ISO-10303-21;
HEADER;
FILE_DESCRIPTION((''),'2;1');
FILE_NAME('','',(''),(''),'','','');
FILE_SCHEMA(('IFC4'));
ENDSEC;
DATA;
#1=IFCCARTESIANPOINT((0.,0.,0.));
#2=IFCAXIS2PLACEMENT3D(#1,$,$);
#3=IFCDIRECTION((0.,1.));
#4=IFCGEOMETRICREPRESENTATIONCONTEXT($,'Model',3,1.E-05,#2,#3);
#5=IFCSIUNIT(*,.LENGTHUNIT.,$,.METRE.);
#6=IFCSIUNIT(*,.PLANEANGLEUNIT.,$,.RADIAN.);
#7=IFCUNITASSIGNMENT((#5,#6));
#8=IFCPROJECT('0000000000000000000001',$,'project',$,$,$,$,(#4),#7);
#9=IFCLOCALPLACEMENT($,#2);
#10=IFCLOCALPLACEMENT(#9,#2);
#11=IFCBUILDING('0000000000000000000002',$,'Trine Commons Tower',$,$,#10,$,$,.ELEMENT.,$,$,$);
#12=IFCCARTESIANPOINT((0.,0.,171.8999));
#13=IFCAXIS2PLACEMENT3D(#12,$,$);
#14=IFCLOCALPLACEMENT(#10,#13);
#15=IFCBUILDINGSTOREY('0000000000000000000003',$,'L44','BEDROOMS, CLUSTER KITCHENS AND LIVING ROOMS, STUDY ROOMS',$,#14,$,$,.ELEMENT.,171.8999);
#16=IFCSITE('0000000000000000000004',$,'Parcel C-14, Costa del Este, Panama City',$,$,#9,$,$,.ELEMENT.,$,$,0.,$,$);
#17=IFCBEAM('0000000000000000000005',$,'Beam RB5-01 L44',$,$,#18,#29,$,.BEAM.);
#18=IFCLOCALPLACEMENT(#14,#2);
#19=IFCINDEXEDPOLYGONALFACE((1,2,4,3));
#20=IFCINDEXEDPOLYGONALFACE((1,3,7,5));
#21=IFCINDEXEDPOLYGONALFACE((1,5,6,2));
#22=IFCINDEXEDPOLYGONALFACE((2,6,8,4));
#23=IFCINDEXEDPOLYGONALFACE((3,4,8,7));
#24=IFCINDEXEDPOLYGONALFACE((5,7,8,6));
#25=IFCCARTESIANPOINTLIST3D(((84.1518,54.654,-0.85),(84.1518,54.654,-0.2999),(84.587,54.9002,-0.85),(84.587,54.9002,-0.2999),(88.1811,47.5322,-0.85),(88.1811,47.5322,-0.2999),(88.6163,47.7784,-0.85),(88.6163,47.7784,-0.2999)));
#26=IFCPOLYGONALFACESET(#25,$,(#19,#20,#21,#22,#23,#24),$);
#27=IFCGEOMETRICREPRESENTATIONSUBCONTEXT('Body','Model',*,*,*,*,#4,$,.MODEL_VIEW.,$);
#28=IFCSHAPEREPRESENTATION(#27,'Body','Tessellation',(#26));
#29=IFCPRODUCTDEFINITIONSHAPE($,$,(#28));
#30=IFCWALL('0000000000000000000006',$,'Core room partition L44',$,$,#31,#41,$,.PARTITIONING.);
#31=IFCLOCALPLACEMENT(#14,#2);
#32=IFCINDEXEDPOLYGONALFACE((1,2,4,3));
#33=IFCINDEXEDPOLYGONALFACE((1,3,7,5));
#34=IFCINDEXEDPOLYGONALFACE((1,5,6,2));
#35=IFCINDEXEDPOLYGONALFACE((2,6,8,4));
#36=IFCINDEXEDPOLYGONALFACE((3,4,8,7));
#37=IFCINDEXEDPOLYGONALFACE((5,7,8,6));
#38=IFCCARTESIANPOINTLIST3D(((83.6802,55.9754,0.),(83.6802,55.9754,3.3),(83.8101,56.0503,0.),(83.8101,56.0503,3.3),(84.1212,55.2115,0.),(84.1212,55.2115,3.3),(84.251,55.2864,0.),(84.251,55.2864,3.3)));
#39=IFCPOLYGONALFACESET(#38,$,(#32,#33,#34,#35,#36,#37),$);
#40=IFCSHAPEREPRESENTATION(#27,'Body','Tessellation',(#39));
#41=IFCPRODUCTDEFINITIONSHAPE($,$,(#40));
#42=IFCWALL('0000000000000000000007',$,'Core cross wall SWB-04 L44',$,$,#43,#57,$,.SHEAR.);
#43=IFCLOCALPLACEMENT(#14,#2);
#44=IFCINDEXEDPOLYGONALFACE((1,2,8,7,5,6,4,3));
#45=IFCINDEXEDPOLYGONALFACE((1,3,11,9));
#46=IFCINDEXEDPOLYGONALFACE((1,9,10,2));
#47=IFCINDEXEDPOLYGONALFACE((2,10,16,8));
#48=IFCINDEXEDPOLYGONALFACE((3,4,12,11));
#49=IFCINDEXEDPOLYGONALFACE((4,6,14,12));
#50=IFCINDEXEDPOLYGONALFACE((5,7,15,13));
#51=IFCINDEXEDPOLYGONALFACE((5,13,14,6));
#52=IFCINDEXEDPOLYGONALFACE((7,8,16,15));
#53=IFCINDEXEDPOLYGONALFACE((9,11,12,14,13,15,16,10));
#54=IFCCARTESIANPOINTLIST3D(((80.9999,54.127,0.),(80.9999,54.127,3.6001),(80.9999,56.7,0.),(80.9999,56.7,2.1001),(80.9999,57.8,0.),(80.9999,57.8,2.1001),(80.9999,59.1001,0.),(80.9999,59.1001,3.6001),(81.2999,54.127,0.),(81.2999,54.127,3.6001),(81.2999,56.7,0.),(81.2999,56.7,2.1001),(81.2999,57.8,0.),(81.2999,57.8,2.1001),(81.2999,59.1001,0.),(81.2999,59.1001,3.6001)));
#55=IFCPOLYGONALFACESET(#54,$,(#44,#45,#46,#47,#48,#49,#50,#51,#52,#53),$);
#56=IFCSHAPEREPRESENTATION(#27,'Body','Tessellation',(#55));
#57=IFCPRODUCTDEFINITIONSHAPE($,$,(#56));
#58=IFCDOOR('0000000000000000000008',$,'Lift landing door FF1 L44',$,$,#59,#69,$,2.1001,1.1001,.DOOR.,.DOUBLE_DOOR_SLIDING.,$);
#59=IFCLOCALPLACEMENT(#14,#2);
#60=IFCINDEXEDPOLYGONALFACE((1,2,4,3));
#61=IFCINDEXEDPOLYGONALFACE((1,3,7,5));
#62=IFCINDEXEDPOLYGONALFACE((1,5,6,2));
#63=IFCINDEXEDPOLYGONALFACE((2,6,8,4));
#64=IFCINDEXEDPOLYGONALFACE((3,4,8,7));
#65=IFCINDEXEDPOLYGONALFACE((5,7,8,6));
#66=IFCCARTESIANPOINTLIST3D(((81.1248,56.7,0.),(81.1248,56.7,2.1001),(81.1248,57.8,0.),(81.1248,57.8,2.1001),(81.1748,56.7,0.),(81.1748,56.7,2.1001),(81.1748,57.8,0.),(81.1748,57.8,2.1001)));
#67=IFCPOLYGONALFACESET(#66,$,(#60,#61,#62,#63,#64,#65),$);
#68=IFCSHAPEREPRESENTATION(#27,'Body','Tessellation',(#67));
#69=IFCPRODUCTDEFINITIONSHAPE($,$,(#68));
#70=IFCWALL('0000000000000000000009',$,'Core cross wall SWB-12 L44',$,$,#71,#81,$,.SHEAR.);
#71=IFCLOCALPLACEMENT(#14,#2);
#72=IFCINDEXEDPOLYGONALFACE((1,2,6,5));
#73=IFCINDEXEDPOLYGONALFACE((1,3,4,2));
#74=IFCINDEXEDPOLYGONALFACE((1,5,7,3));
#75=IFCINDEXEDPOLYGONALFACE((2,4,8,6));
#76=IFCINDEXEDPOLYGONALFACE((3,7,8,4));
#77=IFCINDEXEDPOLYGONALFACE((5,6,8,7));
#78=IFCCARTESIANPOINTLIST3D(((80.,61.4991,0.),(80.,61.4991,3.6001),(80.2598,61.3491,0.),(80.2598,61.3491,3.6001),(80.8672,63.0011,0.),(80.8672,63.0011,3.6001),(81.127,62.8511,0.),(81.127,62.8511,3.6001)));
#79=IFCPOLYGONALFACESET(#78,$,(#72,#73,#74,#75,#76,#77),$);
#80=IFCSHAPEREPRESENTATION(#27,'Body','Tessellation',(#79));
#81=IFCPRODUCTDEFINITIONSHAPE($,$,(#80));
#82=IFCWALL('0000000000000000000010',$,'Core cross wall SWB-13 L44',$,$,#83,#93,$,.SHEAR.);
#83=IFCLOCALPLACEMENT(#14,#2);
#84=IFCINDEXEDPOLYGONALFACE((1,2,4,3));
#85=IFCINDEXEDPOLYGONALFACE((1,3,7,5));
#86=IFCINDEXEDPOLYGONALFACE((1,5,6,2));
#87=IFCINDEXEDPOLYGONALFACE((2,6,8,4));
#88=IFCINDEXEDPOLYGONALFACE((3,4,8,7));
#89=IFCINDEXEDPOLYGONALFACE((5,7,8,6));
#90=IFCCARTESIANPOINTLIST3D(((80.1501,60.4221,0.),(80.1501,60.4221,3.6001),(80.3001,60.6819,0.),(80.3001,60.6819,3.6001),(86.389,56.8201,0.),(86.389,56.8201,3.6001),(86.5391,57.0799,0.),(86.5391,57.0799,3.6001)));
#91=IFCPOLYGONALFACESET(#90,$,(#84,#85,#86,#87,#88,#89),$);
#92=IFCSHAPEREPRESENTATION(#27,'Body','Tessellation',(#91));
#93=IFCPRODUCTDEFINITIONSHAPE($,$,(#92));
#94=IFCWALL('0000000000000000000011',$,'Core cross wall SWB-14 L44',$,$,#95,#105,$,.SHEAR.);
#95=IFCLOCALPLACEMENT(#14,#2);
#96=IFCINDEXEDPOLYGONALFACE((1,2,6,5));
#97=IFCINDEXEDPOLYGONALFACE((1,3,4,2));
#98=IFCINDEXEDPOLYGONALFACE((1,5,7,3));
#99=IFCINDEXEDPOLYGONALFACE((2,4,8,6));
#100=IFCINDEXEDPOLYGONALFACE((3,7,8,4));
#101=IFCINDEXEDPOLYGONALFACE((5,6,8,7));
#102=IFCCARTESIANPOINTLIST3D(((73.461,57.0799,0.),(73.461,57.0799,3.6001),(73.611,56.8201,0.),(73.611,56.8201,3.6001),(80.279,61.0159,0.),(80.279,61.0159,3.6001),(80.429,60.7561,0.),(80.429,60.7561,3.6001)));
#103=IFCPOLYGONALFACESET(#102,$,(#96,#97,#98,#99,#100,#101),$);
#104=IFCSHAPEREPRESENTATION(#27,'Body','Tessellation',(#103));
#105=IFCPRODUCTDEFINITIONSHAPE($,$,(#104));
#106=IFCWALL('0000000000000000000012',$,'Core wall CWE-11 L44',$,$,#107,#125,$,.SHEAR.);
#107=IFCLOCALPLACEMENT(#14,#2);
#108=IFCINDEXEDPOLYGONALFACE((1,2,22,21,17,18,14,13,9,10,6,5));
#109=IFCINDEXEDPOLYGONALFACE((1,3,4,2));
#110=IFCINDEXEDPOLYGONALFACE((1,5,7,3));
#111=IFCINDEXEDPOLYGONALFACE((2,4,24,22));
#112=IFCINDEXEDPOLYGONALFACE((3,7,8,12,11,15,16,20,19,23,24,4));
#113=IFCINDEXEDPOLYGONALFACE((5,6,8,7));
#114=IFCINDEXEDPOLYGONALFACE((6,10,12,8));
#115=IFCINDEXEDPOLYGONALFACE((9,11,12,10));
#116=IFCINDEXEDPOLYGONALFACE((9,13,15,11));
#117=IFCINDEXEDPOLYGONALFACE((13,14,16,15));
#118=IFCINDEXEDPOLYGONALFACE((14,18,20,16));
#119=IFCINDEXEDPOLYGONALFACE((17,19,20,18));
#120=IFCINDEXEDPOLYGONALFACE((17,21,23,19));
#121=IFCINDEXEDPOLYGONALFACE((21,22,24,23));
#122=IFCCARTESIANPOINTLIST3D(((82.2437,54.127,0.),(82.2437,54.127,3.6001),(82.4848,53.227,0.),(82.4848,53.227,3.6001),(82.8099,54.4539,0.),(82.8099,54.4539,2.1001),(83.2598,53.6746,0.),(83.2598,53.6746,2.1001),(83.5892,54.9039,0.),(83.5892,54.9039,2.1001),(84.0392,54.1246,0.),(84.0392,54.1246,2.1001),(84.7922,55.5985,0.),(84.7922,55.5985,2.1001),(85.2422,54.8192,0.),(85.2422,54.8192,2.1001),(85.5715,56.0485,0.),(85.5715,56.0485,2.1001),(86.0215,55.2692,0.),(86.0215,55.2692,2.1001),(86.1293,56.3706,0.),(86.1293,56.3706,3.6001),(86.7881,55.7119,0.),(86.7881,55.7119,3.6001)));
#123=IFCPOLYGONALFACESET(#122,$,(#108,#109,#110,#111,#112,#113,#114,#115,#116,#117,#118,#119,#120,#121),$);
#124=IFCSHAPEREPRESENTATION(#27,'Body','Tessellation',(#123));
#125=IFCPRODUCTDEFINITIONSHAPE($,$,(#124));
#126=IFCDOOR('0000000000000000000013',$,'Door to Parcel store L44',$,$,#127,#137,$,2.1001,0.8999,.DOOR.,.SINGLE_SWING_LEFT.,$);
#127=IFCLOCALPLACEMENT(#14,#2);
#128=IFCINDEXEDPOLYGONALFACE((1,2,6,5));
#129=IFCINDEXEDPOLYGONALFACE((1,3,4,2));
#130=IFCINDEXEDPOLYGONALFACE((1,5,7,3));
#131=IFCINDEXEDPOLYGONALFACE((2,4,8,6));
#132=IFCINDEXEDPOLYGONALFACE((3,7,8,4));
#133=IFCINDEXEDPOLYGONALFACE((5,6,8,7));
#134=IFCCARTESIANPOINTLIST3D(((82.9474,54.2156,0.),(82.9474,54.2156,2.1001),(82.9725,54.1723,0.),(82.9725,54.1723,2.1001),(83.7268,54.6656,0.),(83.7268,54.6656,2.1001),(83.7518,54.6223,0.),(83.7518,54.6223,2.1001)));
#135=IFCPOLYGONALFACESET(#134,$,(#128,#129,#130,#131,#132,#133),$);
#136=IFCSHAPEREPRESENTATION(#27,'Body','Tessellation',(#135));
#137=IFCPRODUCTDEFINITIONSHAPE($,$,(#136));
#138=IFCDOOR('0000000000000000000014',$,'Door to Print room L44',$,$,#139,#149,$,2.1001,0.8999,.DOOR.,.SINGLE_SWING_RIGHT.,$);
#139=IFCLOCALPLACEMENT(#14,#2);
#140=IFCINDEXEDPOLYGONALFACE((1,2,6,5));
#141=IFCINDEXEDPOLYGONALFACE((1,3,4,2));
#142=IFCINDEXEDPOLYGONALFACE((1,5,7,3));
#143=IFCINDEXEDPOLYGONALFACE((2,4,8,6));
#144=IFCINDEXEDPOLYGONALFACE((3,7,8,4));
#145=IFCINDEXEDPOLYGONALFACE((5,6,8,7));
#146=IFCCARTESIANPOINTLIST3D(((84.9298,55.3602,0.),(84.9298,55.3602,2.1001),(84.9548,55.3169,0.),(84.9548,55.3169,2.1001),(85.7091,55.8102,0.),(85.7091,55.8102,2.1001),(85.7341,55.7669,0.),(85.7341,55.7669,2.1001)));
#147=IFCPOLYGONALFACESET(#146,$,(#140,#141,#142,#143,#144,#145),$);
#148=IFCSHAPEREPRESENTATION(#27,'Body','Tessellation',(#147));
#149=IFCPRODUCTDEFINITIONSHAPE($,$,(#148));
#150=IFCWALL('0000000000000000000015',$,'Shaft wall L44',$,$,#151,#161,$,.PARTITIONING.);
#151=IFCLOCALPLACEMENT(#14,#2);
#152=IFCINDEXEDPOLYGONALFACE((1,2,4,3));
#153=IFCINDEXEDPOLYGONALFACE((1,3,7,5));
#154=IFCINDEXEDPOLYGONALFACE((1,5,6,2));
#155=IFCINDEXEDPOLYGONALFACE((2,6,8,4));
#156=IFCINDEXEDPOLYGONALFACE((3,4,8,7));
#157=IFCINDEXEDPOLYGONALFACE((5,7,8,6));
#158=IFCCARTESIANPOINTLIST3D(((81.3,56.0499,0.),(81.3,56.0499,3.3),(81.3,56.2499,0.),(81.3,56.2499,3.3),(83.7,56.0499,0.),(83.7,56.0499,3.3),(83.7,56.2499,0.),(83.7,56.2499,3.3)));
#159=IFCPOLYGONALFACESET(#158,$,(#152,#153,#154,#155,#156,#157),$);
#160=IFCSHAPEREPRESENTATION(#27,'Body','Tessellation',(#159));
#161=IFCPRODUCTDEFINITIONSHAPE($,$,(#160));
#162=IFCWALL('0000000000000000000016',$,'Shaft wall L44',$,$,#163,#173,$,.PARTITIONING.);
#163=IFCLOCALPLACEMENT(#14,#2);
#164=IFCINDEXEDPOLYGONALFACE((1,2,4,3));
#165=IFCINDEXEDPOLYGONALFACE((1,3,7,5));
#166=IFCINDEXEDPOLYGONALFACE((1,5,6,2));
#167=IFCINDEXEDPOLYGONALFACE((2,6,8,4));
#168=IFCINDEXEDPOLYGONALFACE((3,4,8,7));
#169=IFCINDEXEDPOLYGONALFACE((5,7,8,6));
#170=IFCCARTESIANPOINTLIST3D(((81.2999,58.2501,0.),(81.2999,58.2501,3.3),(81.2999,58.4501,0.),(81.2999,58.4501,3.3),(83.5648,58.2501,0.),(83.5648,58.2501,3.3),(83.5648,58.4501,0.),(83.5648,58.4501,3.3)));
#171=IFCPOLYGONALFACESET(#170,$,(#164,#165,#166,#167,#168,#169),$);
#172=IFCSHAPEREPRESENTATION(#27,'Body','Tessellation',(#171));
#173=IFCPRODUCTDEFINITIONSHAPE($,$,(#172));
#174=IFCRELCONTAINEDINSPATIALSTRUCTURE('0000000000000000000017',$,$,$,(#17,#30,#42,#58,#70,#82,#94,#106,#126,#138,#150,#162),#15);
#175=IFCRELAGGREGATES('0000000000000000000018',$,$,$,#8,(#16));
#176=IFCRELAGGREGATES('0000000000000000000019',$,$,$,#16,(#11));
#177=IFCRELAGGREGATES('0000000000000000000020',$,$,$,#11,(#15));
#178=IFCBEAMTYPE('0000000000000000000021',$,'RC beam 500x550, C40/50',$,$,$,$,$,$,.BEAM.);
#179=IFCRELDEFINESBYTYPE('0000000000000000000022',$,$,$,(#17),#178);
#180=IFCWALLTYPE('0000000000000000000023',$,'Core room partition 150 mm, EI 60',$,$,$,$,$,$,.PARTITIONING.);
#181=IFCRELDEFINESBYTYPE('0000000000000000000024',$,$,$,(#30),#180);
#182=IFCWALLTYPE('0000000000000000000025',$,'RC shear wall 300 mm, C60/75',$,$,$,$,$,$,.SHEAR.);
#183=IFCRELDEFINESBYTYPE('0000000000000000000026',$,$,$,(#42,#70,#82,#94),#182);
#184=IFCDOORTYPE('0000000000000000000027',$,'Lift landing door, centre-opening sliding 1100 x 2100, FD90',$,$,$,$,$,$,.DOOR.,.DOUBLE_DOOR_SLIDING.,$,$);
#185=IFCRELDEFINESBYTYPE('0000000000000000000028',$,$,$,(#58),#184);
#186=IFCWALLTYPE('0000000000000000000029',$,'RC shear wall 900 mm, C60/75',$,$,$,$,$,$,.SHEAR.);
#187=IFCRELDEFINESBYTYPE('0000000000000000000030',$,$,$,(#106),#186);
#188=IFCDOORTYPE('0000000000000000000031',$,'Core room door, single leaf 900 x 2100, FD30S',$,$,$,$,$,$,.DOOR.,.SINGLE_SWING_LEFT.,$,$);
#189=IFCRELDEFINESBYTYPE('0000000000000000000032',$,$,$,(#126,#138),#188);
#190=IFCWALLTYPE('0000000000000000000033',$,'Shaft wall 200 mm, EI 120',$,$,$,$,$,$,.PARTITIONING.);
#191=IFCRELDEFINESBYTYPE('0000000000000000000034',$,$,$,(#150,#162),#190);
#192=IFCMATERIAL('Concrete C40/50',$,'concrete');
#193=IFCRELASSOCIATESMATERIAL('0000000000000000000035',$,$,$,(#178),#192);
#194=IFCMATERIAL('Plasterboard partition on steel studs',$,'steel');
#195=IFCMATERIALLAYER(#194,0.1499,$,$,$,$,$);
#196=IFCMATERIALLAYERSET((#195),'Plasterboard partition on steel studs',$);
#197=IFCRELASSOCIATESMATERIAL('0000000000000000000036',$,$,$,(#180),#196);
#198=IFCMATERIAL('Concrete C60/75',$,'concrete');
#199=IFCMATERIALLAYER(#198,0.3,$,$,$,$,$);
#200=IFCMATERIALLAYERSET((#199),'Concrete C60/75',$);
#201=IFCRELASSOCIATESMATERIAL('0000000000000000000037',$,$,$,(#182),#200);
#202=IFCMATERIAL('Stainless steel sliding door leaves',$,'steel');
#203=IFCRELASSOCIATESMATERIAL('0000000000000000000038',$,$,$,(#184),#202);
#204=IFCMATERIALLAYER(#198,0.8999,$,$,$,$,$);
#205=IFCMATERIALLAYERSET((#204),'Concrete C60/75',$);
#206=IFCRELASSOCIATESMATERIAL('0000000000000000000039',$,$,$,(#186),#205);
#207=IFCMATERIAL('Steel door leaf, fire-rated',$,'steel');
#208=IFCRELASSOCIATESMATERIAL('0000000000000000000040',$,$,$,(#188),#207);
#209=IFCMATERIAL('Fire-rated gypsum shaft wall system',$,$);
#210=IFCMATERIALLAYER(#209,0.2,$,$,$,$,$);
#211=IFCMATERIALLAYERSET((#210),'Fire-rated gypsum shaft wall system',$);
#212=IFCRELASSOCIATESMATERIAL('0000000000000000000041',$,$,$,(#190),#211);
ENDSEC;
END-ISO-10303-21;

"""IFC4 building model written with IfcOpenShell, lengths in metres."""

from ifc_helpers import new_model, si_unit, direction, frame, frame_2d, origin, origin_2d, place, context, subcontext, project, spatial, polyline, rectangle, outline, extrude, material, layer, layer_set, material_profile, profile_set, type_object, element, fill, save


model = new_model("IFC4")

# Units and contexts
model_context = context("Model", 3, precision=1e-05, world=origin(), true_north=direction((0.0, 1.0)))
body_context = subcontext(model_context, "Body", "Model", "MODEL_VIEW")
ifc_project = project(units=[si_unit("LENGTHUNIT", "METRE"), si_unit("PLANEANGLEUNIT", "RADIAN")], contexts=[model_context])

# Site, building, storey
site_placement = place(None, origin())
site = spatial("IfcSite", under=ifc_project, at=site_placement, Name="Parcel C-14, Costa del Este, Panama City", CompositionType="ELEMENT", RefElevation=0.0)
building_placement = place(site_placement, origin())
building = spatial("IfcBuilding", under=site, at=building_placement, Name="Trine Commons Tower", CompositionType="ELEMENT")
storey_placement = place(building_placement, frame((0.0, 0.0, 171.8999)))
storey = spatial("IfcBuildingStorey", under=building, at=storey_placement, Name="L44", Description="BEDROOMS, CLUSTER KITCHENS AND LIVING ROOMS, STUDY ROOMS", CompositionType="ELEMENT", Elevation=171.8999)

# Beam
ifc_material_1 = material(Name="Concrete C40/50", Category="concrete")
ifc_material_profile = material_profile(ifc_material_1, rectangle(XDim=0.5, YDim=0.55, at=origin_2d()), Name="RC 500x550")
ifc_profile_set = profile_set([ifc_material_profile], Name="Concrete C40/50")
beam_type = type_object("IfcBeamType", Name="RC beam 500x550, C40/50", PredefinedType="BEAM", material=ifc_profile_set)
beam_placement = place(storey_placement, frame((84.3694, 54.7771, -0.575), z_axis=(0.49242, -0.870358, 0.0), x_axis=(0.870358, 0.49242, 0.0)))
element("IfcBeam", 1, at=beam_placement, inside=storey, type_object=beam_type, Name="Beam RB5-01 L44", PredefinedType="BEAM", context=body_context, shape_type="SweptSolid", body=[
    extrude(rectangle(XDim=0.5, YDim=0.55, at=origin_2d()), origin(), (0.0, 0.0, 1.0), 8.1826),
])

# Wall
ifc_material_2 = material(Name="Plasterboard partition on steel studs", Category="steel")
ifc_layer_1 = layer(ifc_material_2, 0.1499)
ifc_layer_set_1 = layer_set([ifc_layer_1], Name="Plasterboard partition on steel studs")
wall_type_1 = type_object("IfcWallType", Name="Core room partition 150 mm, EI 60", PredefinedType="PARTITIONING", material=ifc_layer_set_1)
wall_1_placement = place(storey_placement, frame((84.186, 55.249, 0.0), z_axis=(0.0, 0.0, 1.0), x_axis=(-0.49989, 0.866089, 0.0)))
element("IfcWall", 2, at=wall_1_placement, inside=storey, type_object=wall_type_1, Name="Core room partition L44", PredefinedType="PARTITIONING", context=body_context, shape_type="SweptSolid", body=[
    extrude(rectangle(XDim=0.8821, YDim=0.1499, at=frame_2d((0.4409, 0.0))), origin(), (0.0, 0.0, 1.0), 3.3),
])

# Wall, opening, door
ifc_material_3 = material(Name="Concrete C60/75", Category="concrete")
ifc_layer_2 = layer(ifc_material_3, 0.3)
ifc_layer_set_2 = layer_set([ifc_layer_2], Name="Concrete C60/75")
wall_type_2 = type_object("IfcWallType", Name="RC shear wall 300 mm, C60/75", PredefinedType="SHEAR", material=ifc_layer_set_2)
wall_2_placement = place(storey_placement, frame((81.1499, 59.1001, 0.0), z_axis=(0.0, 0.0, 1.0), x_axis=(0.0, -1.0, 0.0)))
wall_2 = element("IfcWall", 3, at=wall_2_placement, inside=storey, type_object=wall_type_2, Name="Core cross wall SWB-04 L44", PredefinedType="SHEAR", context=body_context, shape_type="SweptSolid", body=[
    extrude(rectangle(XDim=4.9731, YDim=0.3, at=frame_2d((2.4866, 0.0))), origin(), (0.0, 0.0, 1.0), 3.6001),
])
opening_1_placement = place(wall_2_placement, frame((1.3, 0.0, 0.0)))
opening_1 = element("IfcOpeningElement", 4, at=opening_1_placement, cuts=wall_2, PredefinedType="OPENING", context=body_context, shape_type="SweptSolid", body=[
    extrude(rectangle(XDim=1.1001, YDim=2.1001, at=frame_2d((0.55, 1.05))), frame((0.0, 0.1599, 0.0), z_axis=(0.0, -1.0, 0.0), x_axis=(1.0, 0.0, 0.0)), (0.0, 0.0, 1.0), 0.3201),
])
ifc_material_4 = material(Name="Stainless steel sliding door leaves", Category="steel")
door_type_1 = type_object("IfcDoorType", Name="Lift landing door, centre-opening sliding 1100 x 2100, FD90", OperationType="DOUBLE_DOOR_SLIDING", PredefinedType="DOOR", material=ifc_material_4)
door_1_placement = place(opening_1_placement, origin())
door_1 = element("IfcDoor", 5, at=door_1_placement, inside=storey, type_object=door_type_1, Name="Lift landing door FF1 L44", OperationType="DOUBLE_DOOR_SLIDING", OverallHeight=2.1001, OverallWidth=1.1001, PredefinedType="DOOR", context=body_context, shape_type="SweptSolid", body=[
    extrude(rectangle(XDim=1.1001, YDim=2.1001, at=frame_2d((0.55, 1.05))), frame((0.0, 0.0249, 0.0), z_axis=(0.0, -1.0, 0.0), x_axis=(1.0, 0.0, 0.0)), (0.0, 0.0, 1.0), 0.05),
])
fill(opening_1, door_1)

# Walls
wall_3_placement = place(storey_placement, frame((80.1299, 61.4241, 0.0), z_axis=(0.0, 0.0, 1.0), x_axis=(0.500015, 0.866017, 0.0)))
element("IfcWall", 6, at=wall_3_placement, inside=storey, type_object=wall_type_2, Name="Core cross wall SWB-12 L44", PredefinedType="SHEAR", context=body_context, shape_type="SweptSolid", body=[
    extrude(rectangle(XDim=1.7344, YDim=0.3, at=frame_2d((0.8672, 0.0))), origin(), (0.0, 0.0, 1.0), 3.6001),
])
wall_4_placement = place(storey_placement, frame((80.2251, 60.552, 0.0), z_axis=(0.0, 0.0, 1.0), x_axis=(0.866028, -0.499995, 0.0)))
element("IfcWall", 7, at=wall_4_placement, inside=storey, type_object=wall_type_2, Name="Core cross wall SWB-13 L44", PredefinedType="SHEAR", context=body_context, shape_type="SweptSolid", body=[
    extrude(rectangle(XDim=7.2041, YDim=0.3, at=frame_2d((3.6021, 0.0))), origin(), (0.0, 0.0, 1.0), 3.6001),
])
wall_5_placement = place(storey_placement, frame((80.354, 60.886, 0.0), z_axis=(0.0, 0.0, 1.0), x_axis=(-0.866048, -0.499961, 0.0)))
element("IfcWall", 8, at=wall_5_placement, inside=storey, type_object=wall_type_2, Name="Core cross wall SWB-14 L44", PredefinedType="SHEAR", context=body_context, shape_type="SweptSolid", body=[
    extrude(rectangle(XDim=7.8726, YDim=0.3, at=frame_2d((3.9363, 0.0))), origin(), (0.0, 0.0, 1.0), 3.6001),
])

# Wall, openings, doors
ifc_layer_3 = layer(ifc_material_3, 0.8999)
ifc_layer_set_3 = layer_set([ifc_layer_3], Name="Concrete C60/75")
wall_type_3 = type_object("IfcWallType", Name="RC shear wall 900 mm, C60/75", PredefinedType="SHEAR", material=ifc_layer_set_3)
wall_6_placement = place(storey_placement, frame((82.2598, 53.6167, 0.0), z_axis=(0.0, 0.0, 1.0), x_axis=(0.866003, 0.500039, 0.0)))
wall_6 = element("IfcWall", 9, at=wall_6_placement, inside=storey, type_object=wall_type_3, Name="Core wall CWE-11 L44", PredefinedType="SHEAR", context=body_context, shape_type="SweptSolid", body=[
    extrude(outline(polyline([(0.0, -0.45), (4.9692, -0.45), (4.728, 0.45), (0.2412, 0.45), (0.0, -0.45)])), origin(), (0.0, 0.0, 1.0), 3.6001),
])
opening_2_placement = place(wall_6_placement, frame((0.895, 0.0, 0.0)))
opening_2 = element("IfcOpeningElement", 10, at=opening_2_placement, cuts=wall_6, PredefinedType="OPENING", context=body_context, shape_type="SweptSolid", body=[
    extrude(rectangle(XDim=0.8999, YDim=2.1001, at=frame_2d((0.45, 1.05))), frame((0.0, 0.46, 0.0), z_axis=(0.0, -1.0, 0.0), x_axis=(1.0, 0.0, 0.0)), (0.0, 0.0, 1.0), 0.9199),
])
opening_3_placement = place(wall_6_placement, frame((3.1841, 0.0, 0.0)))
opening_3 = element("IfcOpeningElement", 11, at=opening_3_placement, cuts=wall_6, PredefinedType="OPENING", context=body_context, shape_type="SweptSolid", body=[
    extrude(rectangle(XDim=0.8999, YDim=2.1001, at=frame_2d((0.45, 1.05))), frame((0.0, 0.46, 0.0), z_axis=(0.0, -1.0, 0.0), x_axis=(1.0, 0.0, 0.0)), (0.0, 0.0, 1.0), 0.9199),
])
ifc_material_5 = material(Name="Steel door leaf, fire-rated", Category="steel")
door_type_2 = type_object("IfcDoorType", Name="Core room door, single leaf 900 x 2100, FD30S", OperationType="SINGLE_SWING_LEFT", PredefinedType="DOOR", material=ifc_material_5)
door_2_placement = place(opening_2_placement, origin())
door_2 = element("IfcDoor", 12, at=door_2_placement, inside=storey, type_object=door_type_2, Name="Door to Parcel store L44", OperationType="SINGLE_SWING_LEFT", OverallHeight=2.1001, OverallWidth=0.8999, PredefinedType="DOOR", context=body_context, shape_type="SweptSolid", body=[
    extrude(rectangle(XDim=0.8999, YDim=2.1001, at=frame_2d((0.45, 1.05))), frame((0.0, 0.1748, 0.0), z_axis=(0.0, -1.0, 0.0), x_axis=(1.0, 0.0, 0.0)), (0.0, 0.0, 1.0), 0.05),
])
fill(opening_2, door_2)
door_3_placement = place(opening_3_placement, origin())
door_3 = element("IfcDoor", 13, at=door_3_placement, inside=storey, type_object=door_type_2, Name="Door to Print room L44", OperationType="SINGLE_SWING_RIGHT", OverallHeight=2.1001, OverallWidth=0.8999, PredefinedType="DOOR", context=body_context, shape_type="SweptSolid", body=[
    extrude(rectangle(XDim=0.8999, YDim=2.1001, at=frame_2d((0.45, 1.05))), frame((0.0, 0.1748, 0.0), z_axis=(0.0, -1.0, 0.0), x_axis=(1.0, 0.0, 0.0)), (0.0, 0.0, 1.0), 0.05),
])
fill(opening_3, door_3)

# Walls
ifc_material_6 = material(Name="Fire-rated gypsum shaft wall system")
ifc_layer_4 = layer(ifc_material_6, 0.2)
ifc_layer_set_4 = layer_set([ifc_layer_4], Name="Fire-rated gypsum shaft wall system")
wall_type_4 = type_object("IfcWallType", Name="Shaft wall 200 mm, EI 120", PredefinedType="PARTITIONING", material=ifc_layer_set_4)
wall_7_placement = place(storey_placement, frame((81.3, 56.1499, 0.0), z_axis=(0.0, 0.0, 1.0), x_axis=(1.0, 0.0, 0.0)))
element("IfcWall", 14, at=wall_7_placement, inside=storey, type_object=wall_type_4, Name="Shaft wall L44", PredefinedType="PARTITIONING", context=body_context, shape_type="SweptSolid", body=[
    extrude(rectangle(XDim=2.3999, YDim=0.2, at=frame_2d((1.2, 0.0))), origin(), (0.0, 0.0, 1.0), 3.3),
])
wall_8_placement = place(storey_placement, frame((81.3, 58.3501, 0.0), z_axis=(0.0, 0.0, 1.0), x_axis=(1.0, 0.0, 0.0)))
element("IfcWall", 15, at=wall_8_placement, inside=storey, type_object=wall_type_4, Name="Shaft wall L44", PredefinedType="PARTITIONING", context=body_context, shape_type="SweptSolid", body=[
    extrude(rectangle(XDim=2.2649, YDim=0.2, at=frame_2d((1.1323, 0.0))), origin(), (0.0, 0.0, 1.0), 3.3),
])

save(model, "model.ifc")
